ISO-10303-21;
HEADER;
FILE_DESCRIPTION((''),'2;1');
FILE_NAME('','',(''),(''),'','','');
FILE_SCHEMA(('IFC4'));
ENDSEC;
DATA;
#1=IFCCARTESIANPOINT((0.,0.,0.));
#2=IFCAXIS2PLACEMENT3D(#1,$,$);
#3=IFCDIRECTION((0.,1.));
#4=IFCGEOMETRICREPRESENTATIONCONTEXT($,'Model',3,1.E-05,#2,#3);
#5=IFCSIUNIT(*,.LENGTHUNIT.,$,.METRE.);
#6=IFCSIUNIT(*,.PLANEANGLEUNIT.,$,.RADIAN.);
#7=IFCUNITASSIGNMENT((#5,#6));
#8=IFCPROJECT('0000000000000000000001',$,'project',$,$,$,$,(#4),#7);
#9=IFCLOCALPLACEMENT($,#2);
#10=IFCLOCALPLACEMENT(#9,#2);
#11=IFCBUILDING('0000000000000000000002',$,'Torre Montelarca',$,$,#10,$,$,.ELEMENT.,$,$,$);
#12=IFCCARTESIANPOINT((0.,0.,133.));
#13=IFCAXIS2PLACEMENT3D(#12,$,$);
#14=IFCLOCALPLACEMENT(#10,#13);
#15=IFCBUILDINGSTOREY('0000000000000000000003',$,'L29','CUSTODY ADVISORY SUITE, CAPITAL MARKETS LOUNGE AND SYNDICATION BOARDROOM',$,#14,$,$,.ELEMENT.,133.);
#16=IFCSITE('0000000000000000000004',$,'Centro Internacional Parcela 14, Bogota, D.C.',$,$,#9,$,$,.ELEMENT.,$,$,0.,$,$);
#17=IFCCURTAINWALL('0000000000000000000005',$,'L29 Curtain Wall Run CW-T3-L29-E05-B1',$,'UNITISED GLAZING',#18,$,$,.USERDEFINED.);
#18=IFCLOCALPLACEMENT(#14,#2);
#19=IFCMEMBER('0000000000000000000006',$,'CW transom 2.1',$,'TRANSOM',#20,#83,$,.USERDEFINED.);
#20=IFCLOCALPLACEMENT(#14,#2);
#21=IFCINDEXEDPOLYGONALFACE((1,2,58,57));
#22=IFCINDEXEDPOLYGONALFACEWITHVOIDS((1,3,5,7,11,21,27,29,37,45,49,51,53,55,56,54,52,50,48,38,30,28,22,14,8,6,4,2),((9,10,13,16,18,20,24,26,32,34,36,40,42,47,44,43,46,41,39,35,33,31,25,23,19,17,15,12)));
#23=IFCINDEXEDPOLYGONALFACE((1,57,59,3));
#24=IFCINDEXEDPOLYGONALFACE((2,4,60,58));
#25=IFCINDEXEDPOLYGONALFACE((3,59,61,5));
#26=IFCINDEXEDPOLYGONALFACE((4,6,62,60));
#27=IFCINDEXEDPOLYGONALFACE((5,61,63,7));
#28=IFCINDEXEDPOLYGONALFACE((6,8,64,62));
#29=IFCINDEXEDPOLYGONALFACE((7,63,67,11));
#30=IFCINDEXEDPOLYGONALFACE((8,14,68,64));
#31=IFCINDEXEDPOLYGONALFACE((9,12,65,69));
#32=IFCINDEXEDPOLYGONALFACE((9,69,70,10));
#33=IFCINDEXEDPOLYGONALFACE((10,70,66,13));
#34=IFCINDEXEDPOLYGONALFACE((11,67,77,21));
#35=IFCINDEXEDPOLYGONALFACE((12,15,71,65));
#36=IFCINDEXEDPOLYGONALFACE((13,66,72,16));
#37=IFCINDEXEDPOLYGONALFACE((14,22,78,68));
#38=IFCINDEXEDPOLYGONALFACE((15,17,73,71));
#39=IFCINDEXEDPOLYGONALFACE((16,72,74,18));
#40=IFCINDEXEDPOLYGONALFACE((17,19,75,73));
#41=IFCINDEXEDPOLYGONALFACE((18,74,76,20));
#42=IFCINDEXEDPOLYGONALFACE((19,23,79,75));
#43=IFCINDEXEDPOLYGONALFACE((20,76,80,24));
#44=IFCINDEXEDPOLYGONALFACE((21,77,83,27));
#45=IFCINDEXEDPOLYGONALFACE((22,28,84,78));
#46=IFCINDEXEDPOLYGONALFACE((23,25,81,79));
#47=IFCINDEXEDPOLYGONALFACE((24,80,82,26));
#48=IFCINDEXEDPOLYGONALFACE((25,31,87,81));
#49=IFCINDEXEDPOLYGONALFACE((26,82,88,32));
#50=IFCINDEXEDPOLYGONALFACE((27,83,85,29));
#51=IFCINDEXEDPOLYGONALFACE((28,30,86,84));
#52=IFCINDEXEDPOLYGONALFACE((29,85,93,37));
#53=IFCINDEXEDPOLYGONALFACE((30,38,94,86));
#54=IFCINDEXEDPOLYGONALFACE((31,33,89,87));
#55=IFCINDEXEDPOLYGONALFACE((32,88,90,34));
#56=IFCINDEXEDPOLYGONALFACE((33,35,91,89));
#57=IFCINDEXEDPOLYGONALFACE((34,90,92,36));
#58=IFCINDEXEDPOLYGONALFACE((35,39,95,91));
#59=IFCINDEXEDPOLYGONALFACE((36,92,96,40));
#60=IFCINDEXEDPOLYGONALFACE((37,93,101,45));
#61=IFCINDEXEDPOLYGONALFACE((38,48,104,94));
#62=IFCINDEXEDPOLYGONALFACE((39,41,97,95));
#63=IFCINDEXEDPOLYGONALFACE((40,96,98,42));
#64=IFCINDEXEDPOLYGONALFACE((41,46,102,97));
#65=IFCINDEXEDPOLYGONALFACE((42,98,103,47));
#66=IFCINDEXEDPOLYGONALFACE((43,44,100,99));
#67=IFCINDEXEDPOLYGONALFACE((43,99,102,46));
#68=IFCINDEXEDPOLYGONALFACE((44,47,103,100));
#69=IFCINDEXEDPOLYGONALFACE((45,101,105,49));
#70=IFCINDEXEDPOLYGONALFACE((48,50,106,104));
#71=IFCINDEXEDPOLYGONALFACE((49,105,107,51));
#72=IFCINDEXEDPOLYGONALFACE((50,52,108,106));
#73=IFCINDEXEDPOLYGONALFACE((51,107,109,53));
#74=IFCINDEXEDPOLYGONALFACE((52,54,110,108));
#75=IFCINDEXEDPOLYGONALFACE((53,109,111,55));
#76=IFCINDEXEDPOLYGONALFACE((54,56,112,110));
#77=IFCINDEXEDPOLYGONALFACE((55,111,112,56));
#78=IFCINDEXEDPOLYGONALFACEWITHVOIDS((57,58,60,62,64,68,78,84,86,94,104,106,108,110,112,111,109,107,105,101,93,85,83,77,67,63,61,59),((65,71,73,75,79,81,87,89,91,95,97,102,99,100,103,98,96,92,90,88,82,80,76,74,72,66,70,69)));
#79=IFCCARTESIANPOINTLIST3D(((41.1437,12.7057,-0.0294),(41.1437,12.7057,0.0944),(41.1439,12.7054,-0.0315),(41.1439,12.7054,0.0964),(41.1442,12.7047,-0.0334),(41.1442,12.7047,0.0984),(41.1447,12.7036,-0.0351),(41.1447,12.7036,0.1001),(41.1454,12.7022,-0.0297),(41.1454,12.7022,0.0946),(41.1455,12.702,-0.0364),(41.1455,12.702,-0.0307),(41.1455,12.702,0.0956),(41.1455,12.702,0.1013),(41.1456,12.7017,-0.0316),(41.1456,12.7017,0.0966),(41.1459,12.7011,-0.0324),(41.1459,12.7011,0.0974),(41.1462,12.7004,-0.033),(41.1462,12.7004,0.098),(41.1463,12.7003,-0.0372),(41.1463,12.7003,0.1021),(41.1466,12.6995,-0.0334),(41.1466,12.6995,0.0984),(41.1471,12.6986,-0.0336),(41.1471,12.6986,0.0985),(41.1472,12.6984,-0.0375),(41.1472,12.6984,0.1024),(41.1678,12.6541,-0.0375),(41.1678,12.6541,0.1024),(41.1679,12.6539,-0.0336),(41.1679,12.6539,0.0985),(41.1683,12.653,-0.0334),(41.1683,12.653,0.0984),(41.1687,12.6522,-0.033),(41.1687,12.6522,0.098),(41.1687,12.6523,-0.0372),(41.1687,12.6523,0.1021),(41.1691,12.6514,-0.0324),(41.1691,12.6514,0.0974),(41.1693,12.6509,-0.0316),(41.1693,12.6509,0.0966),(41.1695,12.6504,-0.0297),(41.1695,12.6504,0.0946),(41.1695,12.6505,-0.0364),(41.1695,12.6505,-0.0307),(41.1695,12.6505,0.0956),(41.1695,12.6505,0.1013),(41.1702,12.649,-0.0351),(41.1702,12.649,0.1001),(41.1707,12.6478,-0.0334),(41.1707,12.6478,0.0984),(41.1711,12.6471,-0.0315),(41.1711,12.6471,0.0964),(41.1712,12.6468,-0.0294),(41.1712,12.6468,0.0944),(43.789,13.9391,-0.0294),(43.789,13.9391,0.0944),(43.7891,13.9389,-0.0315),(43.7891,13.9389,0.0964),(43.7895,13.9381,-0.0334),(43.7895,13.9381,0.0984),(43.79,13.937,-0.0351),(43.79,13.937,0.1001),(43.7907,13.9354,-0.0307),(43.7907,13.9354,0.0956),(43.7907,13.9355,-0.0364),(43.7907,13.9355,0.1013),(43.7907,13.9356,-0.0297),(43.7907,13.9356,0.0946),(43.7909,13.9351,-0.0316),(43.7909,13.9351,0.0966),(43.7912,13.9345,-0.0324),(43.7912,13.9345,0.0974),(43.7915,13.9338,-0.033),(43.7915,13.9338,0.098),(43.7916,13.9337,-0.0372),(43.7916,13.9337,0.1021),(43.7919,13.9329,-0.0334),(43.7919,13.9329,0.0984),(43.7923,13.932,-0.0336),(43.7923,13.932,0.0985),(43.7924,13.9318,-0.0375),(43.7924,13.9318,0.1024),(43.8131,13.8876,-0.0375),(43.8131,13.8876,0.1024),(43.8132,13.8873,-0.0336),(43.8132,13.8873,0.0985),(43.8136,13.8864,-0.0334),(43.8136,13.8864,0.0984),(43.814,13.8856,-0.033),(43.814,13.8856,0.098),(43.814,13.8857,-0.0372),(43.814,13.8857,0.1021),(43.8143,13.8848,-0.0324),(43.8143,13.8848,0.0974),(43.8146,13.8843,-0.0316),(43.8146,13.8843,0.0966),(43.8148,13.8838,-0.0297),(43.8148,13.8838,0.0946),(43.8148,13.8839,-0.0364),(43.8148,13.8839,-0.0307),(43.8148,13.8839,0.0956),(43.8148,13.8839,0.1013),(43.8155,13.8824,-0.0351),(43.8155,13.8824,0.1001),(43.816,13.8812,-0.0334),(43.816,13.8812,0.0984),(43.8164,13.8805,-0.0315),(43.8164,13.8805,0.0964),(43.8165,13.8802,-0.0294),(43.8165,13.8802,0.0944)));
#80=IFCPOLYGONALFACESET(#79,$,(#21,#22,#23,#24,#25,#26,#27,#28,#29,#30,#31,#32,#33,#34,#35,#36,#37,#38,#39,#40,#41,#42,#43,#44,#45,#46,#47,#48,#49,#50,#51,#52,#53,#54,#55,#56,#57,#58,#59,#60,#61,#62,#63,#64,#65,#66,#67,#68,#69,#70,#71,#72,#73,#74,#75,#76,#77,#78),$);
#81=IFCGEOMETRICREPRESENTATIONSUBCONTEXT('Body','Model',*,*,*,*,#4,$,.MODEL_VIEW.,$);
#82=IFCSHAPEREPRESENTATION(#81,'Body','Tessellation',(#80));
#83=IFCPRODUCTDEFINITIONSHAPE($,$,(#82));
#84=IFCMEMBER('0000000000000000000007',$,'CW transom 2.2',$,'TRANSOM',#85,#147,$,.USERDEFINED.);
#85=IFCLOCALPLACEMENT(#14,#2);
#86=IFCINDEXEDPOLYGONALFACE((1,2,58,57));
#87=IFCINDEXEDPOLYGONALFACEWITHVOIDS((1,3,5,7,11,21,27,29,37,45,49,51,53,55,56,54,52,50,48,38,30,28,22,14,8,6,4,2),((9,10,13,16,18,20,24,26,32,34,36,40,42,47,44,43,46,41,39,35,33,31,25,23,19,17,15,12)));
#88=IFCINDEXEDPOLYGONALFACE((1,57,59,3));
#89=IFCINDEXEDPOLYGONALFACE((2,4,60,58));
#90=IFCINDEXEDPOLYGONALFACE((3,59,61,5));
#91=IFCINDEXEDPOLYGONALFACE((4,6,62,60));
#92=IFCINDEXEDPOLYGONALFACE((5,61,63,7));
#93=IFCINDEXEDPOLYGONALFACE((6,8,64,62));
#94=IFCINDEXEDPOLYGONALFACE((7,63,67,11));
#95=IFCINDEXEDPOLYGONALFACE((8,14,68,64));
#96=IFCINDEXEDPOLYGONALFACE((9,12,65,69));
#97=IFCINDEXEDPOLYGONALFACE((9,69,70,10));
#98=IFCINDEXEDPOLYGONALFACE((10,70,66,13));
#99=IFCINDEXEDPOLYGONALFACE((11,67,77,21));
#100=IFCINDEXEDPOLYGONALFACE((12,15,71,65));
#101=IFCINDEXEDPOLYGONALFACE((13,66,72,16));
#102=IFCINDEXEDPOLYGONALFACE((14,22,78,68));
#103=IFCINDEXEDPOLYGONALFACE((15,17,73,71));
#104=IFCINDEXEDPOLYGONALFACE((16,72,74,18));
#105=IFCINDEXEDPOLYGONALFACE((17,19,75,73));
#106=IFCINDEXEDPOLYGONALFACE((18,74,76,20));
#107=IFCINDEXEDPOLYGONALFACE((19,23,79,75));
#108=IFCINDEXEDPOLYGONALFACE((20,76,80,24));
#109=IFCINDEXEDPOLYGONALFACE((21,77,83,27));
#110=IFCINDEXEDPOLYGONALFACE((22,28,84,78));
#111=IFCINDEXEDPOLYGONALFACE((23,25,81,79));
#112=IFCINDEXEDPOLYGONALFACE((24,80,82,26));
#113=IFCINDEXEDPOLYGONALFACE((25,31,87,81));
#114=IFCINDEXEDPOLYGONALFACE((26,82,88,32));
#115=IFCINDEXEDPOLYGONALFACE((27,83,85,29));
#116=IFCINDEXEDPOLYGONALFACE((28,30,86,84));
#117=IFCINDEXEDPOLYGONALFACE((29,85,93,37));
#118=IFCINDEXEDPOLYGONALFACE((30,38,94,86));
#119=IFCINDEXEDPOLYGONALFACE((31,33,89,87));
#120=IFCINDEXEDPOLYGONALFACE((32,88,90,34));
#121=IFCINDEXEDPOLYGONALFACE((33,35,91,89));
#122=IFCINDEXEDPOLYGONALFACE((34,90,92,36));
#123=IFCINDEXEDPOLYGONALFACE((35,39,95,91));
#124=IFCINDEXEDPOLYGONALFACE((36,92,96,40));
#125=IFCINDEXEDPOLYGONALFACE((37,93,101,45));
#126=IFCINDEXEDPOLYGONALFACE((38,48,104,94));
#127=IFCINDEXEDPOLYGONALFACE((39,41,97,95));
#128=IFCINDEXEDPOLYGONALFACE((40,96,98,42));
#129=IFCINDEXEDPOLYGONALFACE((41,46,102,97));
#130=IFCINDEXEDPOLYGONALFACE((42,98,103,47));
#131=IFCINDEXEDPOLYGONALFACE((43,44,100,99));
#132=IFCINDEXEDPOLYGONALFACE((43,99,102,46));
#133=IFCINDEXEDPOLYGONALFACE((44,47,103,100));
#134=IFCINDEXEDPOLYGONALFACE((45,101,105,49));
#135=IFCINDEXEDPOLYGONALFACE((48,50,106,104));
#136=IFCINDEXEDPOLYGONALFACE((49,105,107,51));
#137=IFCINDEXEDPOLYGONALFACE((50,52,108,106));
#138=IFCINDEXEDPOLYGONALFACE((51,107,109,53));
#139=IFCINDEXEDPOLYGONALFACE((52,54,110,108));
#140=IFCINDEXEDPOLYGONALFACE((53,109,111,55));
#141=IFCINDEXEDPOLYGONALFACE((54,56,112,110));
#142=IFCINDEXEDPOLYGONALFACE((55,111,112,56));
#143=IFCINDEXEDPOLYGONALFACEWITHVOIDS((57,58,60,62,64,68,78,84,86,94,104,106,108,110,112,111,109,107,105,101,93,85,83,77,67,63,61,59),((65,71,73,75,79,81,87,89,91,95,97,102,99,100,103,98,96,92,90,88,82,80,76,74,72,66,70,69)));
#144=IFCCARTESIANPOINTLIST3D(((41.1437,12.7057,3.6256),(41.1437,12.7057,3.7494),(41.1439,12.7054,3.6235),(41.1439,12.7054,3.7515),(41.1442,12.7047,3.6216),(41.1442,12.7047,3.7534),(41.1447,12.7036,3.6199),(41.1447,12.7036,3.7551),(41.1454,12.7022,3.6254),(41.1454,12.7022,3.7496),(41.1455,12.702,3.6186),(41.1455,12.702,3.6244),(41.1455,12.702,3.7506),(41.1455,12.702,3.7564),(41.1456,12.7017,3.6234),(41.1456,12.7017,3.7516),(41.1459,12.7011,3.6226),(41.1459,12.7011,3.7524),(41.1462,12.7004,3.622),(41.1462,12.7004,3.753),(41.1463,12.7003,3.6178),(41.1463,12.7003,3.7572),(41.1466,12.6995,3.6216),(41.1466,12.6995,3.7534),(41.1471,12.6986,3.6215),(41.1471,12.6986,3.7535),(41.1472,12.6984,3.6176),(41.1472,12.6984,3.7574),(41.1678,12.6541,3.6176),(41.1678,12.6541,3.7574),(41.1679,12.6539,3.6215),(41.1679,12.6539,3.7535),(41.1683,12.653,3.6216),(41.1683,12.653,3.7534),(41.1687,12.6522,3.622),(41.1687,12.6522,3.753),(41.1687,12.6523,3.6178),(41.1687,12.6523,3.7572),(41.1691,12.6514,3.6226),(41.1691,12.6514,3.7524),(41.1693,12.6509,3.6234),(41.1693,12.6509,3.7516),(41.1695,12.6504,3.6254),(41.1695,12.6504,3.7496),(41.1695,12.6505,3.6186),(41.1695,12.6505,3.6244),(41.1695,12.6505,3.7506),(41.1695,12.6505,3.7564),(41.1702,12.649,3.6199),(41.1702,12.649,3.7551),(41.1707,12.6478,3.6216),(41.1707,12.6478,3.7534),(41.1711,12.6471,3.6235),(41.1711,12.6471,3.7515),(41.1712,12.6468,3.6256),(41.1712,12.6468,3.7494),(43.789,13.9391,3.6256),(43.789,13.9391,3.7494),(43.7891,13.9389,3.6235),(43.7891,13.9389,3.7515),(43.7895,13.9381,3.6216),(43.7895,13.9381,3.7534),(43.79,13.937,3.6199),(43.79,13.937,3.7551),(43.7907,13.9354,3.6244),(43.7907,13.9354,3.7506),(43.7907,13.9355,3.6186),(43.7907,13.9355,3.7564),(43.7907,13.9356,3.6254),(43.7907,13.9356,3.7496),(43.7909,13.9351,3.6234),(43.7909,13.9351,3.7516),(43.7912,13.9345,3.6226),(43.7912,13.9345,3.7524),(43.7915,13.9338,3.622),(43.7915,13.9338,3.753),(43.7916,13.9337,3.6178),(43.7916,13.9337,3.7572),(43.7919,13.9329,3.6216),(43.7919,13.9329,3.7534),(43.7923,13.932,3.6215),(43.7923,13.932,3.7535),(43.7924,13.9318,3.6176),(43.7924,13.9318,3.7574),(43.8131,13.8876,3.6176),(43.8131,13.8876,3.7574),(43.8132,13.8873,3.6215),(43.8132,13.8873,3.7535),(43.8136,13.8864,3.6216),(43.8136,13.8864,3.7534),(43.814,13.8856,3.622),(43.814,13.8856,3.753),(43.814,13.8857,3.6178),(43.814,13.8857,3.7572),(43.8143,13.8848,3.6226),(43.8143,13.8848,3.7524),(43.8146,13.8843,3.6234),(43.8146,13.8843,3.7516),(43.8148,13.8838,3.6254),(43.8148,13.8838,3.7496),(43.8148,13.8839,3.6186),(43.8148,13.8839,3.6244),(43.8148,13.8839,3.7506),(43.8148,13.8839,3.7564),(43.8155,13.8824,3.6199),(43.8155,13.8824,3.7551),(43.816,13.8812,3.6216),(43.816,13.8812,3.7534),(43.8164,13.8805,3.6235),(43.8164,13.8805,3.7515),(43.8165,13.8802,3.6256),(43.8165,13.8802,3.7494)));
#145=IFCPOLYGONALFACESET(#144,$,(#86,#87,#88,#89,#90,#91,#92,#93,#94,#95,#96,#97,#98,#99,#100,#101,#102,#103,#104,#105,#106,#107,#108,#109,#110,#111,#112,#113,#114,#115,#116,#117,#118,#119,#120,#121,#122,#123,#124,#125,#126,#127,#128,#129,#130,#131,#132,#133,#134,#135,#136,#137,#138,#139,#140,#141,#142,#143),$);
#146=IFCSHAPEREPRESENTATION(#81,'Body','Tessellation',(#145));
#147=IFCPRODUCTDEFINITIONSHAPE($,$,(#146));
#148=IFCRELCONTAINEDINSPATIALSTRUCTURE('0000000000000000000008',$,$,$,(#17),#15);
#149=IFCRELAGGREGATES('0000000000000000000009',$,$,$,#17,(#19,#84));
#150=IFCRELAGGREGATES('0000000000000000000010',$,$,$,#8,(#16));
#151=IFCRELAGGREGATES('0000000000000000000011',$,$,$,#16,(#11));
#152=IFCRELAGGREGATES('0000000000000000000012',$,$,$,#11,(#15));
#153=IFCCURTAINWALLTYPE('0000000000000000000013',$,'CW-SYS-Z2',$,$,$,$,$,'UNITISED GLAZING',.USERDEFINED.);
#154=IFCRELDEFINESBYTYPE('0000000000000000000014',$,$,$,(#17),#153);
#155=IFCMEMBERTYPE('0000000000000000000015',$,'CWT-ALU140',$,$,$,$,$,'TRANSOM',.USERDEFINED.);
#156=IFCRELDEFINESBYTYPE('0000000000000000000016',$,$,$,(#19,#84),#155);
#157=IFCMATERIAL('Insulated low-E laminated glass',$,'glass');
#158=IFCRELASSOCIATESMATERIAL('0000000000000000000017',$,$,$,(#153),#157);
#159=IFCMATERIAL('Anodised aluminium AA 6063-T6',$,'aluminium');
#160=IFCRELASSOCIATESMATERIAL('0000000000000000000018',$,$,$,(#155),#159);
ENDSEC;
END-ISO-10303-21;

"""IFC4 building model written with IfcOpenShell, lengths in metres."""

from ifc_helpers import new_model, si_unit, direction, frame, origin, origin_2d, place, context, subcontext, project, spatial, hollow_rectangle, extrude, source, transform, mapped, material, material_profile, profile_set, type_object, element, aggregate, save


model = new_model("IFC4")

# Units and contexts
model_context = context("Model", 3, precision=1e-05, world=origin(), true_north=direction((0.0, 1.0)))
body_context = subcontext(model_context, "Body", "Model", "MODEL_VIEW")
ifc_project = project(units=[si_unit("LENGTHUNIT", "METRE"), si_unit("PLANEANGLEUNIT", "RADIAN")], contexts=[model_context])

# Site, building, storey
site_placement = place(None, origin())
site = spatial("IfcSite", under=ifc_project, at=site_placement, Name="Centro Internacional Parcela 14, Bogota, D.C.", CompositionType="ELEMENT", RefElevation=0.0)
building_placement = place(site_placement, origin())
building = spatial("IfcBuilding", under=site, at=building_placement, Name="Torre Montelarca", CompositionType="ELEMENT")
storey_placement = place(building_placement, frame((0.0, 0.0, 133.0)))
storey = spatial("IfcBuildingStorey", under=building, at=storey_placement, Name="L29", Description="CUSTODY ADVISORY SUITE, CAPITAL MARKETS LOUNGE AND SYNDICATION BOARDROOM", CompositionType="ELEMENT", Elevation=133.0)

# Curtain wall, members
ifc_material_1 = material(Name="Insulated low-E laminated glass", Category="glass")
curtain_wall_type = type_object("IfcCurtainWallType", Name="CW-SYS-Z2", ElementType="UNITISED GLAZING", PredefinedType="USERDEFINED", material=ifc_material_1)
curtain_wall_1_placement = place(storey_placement, origin())
curtain_wall_1 = element("IfcCurtainWall", 1, at=curtain_wall_1_placement, inside=storey, type_object=curtain_wall_type, Name="L29 Curtain Wall Run CW-T3-L29-E05-B1", ObjectType="UNITISED GLAZING", PredefinedType="USERDEFINED")
ifc_material_2 = material(Name="Anodised aluminium AA 6063-T6", Category="aluminium")
ifc_material_profile_1 = material_profile(ifc_material_2, hollow_rectangle(XDim=0.0649, YDim=0.1399, WallThickness=0.0039, InnerFilletRadius=0.0039, OuterFilletRadius=0.0081, at=origin_2d()), Name="ALU65X140X4", Category="aluminium")
ifc_profile_set_1 = profile_set([ifc_material_profile_1], Name="Anodised aluminium AA 6063-T6")
member_type_1 = type_object("IfcMemberType", Name="CWT-ALU140", ElementType="TRANSOM", PredefinedType="USERDEFINED", material=ifc_profile_set_1)
shared_shape_1 = source(origin(), body_context, "Body", "SweptSolid", [
    extrude(hollow_rectangle(XDim=0.0649, YDim=0.1399, WallThickness=0.0039, InnerFilletRadius=0.0039, OuterFilletRadius=0.0081, at=origin_2d()), origin(), (0.0, 0.0, 1.0), 2.9187),
])
member_1_placement = place(storey_placement, frame((41.1575, 12.6763, 0.0325), z_axis=(0.906322, 0.422588, 0.0), x_axis=(-0.422588, 0.906322, 0.0)))
member_1 = element("IfcMember", 2, at=member_1_placement, type_object=member_type_1, Name="CW transom 2.1", ObjectType="TRANSOM", PredefinedType="USERDEFINED", context=body_context, shape_type="MappedRepresentation", body=[
    mapped(shared_shape_1, transform((0.0, 0.0, 0.0), scale=1.0)),
])
member_2_placement = place(storey_placement, frame((41.1575, 12.6763, 3.6875), z_axis=(0.906322, 0.422588, 0.0), x_axis=(-0.422588, 0.906322, 0.0)))
member_2 = element("IfcMember", 3, at=member_2_placement, type_object=member_type_1, Name="CW transom 2.2", ObjectType="TRANSOM", PredefinedType="USERDEFINED", context=body_context, shape_type="MappedRepresentation", body=[
    mapped(shared_shape_1, transform((0.0, 0.0, 0.0), scale=1.0)),
])

aggregate(curtain_wall_1, [member_1, member_2])

save(model, "model.ifc")
